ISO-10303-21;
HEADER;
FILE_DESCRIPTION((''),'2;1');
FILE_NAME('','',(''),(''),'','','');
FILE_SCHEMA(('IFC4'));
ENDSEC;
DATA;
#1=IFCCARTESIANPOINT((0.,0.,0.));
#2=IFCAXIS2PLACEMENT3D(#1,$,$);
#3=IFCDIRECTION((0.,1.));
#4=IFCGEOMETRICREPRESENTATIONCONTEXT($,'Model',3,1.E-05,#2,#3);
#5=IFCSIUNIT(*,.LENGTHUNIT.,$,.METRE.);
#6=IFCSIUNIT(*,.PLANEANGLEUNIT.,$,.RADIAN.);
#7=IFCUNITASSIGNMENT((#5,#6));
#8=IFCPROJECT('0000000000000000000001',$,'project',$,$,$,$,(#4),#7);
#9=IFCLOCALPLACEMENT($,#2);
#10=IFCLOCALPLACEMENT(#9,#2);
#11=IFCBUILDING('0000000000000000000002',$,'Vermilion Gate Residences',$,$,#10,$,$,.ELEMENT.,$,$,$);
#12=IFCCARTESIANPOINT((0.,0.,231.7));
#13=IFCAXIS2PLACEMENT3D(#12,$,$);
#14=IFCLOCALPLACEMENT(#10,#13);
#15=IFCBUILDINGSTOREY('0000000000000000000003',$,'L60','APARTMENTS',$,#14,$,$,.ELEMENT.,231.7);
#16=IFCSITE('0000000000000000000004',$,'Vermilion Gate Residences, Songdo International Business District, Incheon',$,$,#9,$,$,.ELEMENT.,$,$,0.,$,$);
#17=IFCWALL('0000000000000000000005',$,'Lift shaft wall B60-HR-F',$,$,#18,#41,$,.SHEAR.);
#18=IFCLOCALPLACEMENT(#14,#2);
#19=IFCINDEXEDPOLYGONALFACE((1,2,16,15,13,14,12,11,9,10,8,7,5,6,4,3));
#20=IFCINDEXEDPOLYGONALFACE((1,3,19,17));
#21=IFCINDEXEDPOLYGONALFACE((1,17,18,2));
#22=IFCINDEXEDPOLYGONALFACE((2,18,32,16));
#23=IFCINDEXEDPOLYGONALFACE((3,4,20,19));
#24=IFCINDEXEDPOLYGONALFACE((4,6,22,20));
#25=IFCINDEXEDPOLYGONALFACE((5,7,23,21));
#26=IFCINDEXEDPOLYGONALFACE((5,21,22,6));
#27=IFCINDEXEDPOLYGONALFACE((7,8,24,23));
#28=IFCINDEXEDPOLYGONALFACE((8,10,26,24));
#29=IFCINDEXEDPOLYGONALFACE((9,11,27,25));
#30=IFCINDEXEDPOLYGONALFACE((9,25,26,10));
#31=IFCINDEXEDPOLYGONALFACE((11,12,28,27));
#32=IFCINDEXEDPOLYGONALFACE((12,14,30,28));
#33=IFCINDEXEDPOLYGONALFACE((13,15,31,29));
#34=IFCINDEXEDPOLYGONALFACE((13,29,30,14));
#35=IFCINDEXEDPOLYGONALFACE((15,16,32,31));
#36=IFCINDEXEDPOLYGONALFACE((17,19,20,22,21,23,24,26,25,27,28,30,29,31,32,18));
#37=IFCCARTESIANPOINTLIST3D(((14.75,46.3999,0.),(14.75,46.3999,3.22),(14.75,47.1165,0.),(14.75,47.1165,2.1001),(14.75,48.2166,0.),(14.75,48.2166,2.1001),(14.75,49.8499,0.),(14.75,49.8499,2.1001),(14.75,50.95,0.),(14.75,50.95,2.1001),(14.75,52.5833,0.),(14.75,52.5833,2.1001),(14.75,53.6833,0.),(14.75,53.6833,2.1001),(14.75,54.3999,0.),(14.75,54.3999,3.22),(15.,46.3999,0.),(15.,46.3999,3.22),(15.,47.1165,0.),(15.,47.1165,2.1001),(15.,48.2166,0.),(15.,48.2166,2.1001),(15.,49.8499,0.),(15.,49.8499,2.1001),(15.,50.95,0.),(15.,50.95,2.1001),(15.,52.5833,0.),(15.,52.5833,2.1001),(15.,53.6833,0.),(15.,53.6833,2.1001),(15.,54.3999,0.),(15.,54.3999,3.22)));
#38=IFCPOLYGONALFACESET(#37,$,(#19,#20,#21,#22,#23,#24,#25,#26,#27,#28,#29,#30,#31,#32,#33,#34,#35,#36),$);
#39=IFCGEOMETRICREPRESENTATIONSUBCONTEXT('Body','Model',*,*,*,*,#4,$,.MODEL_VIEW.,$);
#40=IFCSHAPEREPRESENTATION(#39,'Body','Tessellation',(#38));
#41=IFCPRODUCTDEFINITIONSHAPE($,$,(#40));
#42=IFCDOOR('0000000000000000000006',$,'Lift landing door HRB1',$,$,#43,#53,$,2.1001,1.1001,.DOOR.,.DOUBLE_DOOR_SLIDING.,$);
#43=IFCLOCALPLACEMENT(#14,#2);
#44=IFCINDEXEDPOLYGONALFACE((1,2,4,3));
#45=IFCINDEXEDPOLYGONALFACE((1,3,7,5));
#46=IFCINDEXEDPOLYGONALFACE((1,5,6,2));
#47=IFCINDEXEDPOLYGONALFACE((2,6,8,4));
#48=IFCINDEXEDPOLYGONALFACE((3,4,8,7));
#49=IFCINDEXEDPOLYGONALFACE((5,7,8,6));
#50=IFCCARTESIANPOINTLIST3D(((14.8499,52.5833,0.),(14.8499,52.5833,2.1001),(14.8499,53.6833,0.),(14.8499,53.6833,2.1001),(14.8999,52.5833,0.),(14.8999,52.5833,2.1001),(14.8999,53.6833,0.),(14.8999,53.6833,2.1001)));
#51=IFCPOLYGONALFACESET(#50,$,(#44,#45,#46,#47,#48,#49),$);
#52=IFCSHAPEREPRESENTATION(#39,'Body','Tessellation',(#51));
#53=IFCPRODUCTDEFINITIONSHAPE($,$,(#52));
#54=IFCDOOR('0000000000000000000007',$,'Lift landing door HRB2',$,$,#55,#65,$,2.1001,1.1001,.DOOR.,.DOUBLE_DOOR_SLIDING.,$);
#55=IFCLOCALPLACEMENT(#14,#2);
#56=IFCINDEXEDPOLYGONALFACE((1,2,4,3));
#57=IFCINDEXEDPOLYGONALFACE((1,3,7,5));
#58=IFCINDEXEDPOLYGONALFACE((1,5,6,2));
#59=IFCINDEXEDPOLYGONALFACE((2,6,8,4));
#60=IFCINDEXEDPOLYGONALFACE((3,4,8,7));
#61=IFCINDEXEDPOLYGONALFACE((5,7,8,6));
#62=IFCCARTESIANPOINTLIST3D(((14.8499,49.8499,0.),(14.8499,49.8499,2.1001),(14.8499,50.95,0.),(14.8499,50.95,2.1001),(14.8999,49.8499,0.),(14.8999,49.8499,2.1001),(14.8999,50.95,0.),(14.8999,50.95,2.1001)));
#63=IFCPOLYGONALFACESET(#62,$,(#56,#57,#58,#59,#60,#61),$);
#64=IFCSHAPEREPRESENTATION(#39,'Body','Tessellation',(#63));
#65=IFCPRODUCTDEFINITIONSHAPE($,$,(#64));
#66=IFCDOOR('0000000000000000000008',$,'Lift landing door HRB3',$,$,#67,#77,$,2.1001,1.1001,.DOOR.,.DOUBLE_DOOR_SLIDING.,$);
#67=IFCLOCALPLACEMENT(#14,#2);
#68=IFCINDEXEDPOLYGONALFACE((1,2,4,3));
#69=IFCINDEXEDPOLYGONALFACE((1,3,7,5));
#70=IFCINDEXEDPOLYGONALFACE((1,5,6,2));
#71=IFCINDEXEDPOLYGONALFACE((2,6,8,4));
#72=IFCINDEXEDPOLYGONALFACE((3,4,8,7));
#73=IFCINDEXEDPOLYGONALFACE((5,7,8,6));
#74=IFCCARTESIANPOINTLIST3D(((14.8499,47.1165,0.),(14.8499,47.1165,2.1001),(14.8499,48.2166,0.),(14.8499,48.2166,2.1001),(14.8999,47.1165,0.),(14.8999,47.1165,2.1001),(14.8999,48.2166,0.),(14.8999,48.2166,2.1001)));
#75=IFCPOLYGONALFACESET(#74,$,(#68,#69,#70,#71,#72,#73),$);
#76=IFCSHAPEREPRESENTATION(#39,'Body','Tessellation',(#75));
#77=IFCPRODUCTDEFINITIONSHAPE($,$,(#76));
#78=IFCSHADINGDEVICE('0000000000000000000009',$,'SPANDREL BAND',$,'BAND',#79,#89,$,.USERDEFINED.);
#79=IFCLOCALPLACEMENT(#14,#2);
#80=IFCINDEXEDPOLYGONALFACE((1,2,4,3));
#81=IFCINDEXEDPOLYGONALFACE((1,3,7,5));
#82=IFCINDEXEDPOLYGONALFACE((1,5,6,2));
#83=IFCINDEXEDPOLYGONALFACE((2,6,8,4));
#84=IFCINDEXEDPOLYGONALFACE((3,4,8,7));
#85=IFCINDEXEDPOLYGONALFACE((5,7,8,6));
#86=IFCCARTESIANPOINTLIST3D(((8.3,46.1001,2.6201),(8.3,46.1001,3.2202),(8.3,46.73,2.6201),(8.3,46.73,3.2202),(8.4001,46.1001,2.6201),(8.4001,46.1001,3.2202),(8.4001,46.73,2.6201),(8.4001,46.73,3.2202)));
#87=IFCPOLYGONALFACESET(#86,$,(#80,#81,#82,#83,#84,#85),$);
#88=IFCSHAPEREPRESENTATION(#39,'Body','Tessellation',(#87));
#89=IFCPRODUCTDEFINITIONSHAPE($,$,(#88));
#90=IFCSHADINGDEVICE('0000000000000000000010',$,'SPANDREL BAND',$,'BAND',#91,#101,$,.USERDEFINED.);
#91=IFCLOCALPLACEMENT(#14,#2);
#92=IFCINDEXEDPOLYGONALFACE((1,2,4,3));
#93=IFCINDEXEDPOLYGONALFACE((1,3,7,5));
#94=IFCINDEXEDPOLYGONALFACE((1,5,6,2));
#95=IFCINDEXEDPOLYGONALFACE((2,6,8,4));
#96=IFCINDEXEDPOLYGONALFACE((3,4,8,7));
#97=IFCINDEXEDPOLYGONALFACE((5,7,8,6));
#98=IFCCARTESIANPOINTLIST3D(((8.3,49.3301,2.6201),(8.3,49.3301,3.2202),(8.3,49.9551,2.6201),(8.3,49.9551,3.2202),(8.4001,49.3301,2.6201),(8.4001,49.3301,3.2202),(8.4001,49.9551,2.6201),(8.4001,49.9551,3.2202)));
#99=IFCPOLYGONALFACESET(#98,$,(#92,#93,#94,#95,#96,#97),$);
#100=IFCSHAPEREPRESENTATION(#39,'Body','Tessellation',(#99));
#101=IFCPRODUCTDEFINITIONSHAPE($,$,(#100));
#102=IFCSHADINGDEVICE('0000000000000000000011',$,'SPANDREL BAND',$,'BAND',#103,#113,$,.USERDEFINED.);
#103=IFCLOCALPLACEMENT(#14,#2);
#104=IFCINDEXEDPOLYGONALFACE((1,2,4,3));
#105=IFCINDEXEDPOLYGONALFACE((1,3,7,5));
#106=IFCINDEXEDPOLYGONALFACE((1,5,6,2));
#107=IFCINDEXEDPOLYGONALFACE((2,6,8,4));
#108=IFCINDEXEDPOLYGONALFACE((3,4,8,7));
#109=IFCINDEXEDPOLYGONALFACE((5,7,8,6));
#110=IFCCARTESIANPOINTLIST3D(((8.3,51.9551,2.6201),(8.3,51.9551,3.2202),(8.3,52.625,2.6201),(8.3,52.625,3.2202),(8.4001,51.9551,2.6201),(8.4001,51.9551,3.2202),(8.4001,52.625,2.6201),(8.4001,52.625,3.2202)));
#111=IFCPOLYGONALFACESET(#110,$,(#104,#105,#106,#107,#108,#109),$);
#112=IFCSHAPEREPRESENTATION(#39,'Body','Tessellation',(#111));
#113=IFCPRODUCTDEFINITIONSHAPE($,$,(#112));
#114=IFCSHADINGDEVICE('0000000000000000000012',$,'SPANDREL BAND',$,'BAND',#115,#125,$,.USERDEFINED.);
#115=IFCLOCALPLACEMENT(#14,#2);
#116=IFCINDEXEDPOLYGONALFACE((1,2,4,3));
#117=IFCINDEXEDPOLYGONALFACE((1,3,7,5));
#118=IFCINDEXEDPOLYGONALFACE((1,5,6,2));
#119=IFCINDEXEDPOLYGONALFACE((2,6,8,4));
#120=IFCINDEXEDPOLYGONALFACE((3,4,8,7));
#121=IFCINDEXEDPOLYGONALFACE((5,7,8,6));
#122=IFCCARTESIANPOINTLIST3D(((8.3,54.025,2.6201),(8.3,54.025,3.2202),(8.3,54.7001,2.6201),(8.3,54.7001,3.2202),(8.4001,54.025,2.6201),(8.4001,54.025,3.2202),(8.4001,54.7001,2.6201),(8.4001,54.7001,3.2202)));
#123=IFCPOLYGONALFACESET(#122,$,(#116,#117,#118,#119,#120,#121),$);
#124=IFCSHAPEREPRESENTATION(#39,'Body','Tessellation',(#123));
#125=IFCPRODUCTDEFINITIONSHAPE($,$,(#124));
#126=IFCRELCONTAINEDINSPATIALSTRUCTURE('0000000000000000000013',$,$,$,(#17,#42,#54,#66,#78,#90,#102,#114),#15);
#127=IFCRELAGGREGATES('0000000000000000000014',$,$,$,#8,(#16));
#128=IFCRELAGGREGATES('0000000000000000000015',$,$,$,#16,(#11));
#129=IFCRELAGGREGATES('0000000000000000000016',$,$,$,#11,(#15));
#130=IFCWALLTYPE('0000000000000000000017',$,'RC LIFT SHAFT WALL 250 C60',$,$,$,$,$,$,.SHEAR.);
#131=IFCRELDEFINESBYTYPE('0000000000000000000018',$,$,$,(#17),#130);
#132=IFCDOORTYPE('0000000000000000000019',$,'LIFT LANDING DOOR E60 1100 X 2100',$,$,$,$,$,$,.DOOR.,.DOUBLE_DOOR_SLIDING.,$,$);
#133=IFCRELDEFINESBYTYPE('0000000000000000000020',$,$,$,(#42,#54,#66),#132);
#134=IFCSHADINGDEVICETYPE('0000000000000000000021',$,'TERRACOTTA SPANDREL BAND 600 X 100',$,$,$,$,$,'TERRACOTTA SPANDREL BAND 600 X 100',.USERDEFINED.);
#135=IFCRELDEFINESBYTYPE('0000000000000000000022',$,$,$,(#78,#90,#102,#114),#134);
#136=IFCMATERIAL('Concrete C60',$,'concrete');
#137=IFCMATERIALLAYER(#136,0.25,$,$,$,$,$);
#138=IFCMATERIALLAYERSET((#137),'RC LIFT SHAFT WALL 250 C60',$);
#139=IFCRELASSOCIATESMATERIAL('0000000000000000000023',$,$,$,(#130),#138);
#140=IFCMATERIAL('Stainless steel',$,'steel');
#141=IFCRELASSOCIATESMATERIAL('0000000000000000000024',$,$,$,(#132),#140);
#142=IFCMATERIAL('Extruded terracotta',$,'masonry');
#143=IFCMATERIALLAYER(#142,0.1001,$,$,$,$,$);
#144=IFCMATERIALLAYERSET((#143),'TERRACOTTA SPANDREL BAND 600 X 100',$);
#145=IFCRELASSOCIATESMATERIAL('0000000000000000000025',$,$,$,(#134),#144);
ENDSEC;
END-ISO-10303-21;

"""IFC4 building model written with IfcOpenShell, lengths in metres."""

from ifc_helpers import new_model, si_unit, direction, frame, frame_2d, origin, origin_2d, place, context, subcontext, project, spatial, rectangle, extrude, material, layer, layer_set, type_object, element, fill, save


model = new_model("IFC4")

# Units and contexts
model_context = context("Model", 3, precision=1e-05, world=origin(), true_north=direction((0.0, 1.0)))
body_context = subcontext(model_context, "Body", "Model", "MODEL_VIEW")
ifc_project = project(units=[si_unit("LENGTHUNIT", "METRE"), si_unit("PLANEANGLEUNIT", "RADIAN")], contexts=[model_context])

# Site, building, storey
site_placement = place(None, origin())
site = spatial("IfcSite", under=ifc_project, at=site_placement, Name="Vermilion Gate Residences, Songdo International Business District, Incheon", CompositionType="ELEMENT", RefElevation=0.0)
building_placement = place(site_placement, origin())
building = spatial("IfcBuilding", under=site, at=building_placement, Name="Vermilion Gate Residences", CompositionType="ELEMENT")
storey_placement = place(building_placement, frame((0.0, 0.0, 231.7)))
storey = spatial("IfcBuildingStorey", under=building, at=storey_placement, Name="L60", Description="APARTMENTS", CompositionType="ELEMENT", Elevation=231.7)

# Wall, openings, doors
ifc_material_1 = material(Name="Concrete C60", Category="concrete")
ifc_layer_1 = layer(ifc_material_1, 0.25)
ifc_layer_set_1 = layer_set([ifc_layer_1], Name="RC LIFT SHAFT WALL 250 C60")
wall_type_1 = type_object("IfcWallType", Name="RC LIFT SHAFT WALL 250 C60", PredefinedType="SHEAR", material=ifc_layer_set_1)
wall_1_placement = place(storey_placement, frame((14.875, 54.3999, 0.0), z_axis=(0.0, 0.0, 1.0), x_axis=(0.0, -1.0, 0.0)))
wall_1 = element("IfcWall", 1, at=wall_1_placement, inside=storey, type_object=wall_type_1, Name="Lift shaft wall B60-HR-F", PredefinedType="SHEAR", context=body_context, shape_type="SweptSolid", body=[
    extrude(rectangle(XDim=8.0, YDim=0.25, at=frame_2d((4.0, 0.0))), origin(), (0.0, 0.0, 1.0), 3.22),
])
opening_1_placement = place(wall_1_placement, frame((0.7166, 0.0, 0.0)))
opening_1 = element("IfcOpeningElement", 2, at=opening_1_placement, cuts=wall_1, PredefinedType="OPENING", context=body_context, shape_type="SweptSolid", body=[
    extrude(rectangle(XDim=1.1001, YDim=2.1001, at=frame_2d((0.55, 1.05))), frame((0.0, 0.135, 0.0), z_axis=(0.0, -1.0, 0.0), x_axis=(1.0, 0.0, 0.0)), (0.0, 0.0, 1.0), 0.27),
])
opening_2_placement = place(wall_1_placement, frame((3.45, 0.0, 0.0)))
opening_2 = element("IfcOpeningElement", 3, at=opening_2_placement, cuts=wall_1, PredefinedType="OPENING", context=body_context, shape_type="SweptSolid", body=[
    extrude(rectangle(XDim=1.1001, YDim=2.1001, at=frame_2d((0.55, 1.05))), frame((0.0, 0.135, 0.0), z_axis=(0.0, -1.0, 0.0), x_axis=(1.0, 0.0, 0.0)), (0.0, 0.0, 1.0), 0.27),
])
opening_3_placement = place(wall_1_placement, frame((6.1833, 0.0, 0.0)))
opening_3 = element("IfcOpeningElement", 4, at=opening_3_placement, cuts=wall_1, PredefinedType="OPENING", context=body_context, shape_type="SweptSolid", body=[
    extrude(rectangle(XDim=1.1001, YDim=2.1001, at=frame_2d((0.55, 1.05))), frame((0.0, 0.135, 0.0), z_axis=(0.0, -1.0, 0.0), x_axis=(1.0, 0.0, 0.0)), (0.0, 0.0, 1.0), 0.27),
])
ifc_material_2 = material(Name="Stainless steel", Category="steel")
door_type_1 = type_object("IfcDoorType", Name="LIFT LANDING DOOR E60 1100 X 2100", OperationType="DOUBLE_DOOR_SLIDING", PredefinedType="DOOR", material=ifc_material_2)
door_1_placement = place(opening_1_placement, origin())
door_1 = element("IfcDoor", 5, at=door_1_placement, inside=storey, type_object=door_type_1, Name="Lift landing door HRB1", OperationType="DOUBLE_DOOR_SLIDING", OverallHeight=2.1001, OverallWidth=1.1001, PredefinedType="DOOR", context=body_context, shape_type="SweptSolid", body=[
    extrude(rectangle(XDim=1.1001, YDim=2.1001, at=frame_2d((0.55, 1.05))), frame((0.0, 0.0249, 0.0), z_axis=(0.0, -1.0, 0.0), x_axis=(1.0, 0.0, 0.0)), (0.0, 0.0, 1.0), 0.05),
])
fill(opening_1, door_1)
door_2_placement = place(opening_2_placement, origin())
door_2 = element("IfcDoor", 6, at=door_2_placement, inside=storey, type_object=door_type_1, Name="Lift landing door HRB2", OperationType="DOUBLE_DOOR_SLIDING", OverallHeight=2.1001, OverallWidth=1.1001, PredefinedType="DOOR", context=body_context, shape_type="SweptSolid", body=[
    extrude(rectangle(XDim=1.1001, YDim=2.1001, at=frame_2d((0.55, 1.05))), frame((0.0, 0.0249, 0.0), z_axis=(0.0, -1.0, 0.0), x_axis=(1.0, 0.0, 0.0)), (0.0, 0.0, 1.0), 0.05),
])
fill(opening_2, door_2)
door_3_placement = place(opening_3_placement, origin())
door_3 = element("IfcDoor", 7, at=door_3_placement, inside=storey, type_object=door_type_1, Name="Lift landing door HRB3", OperationType="DOUBLE_DOOR_SLIDING", OverallHeight=2.1001, OverallWidth=1.1001, PredefinedType="DOOR", context=body_context, shape_type="SweptSolid", body=[
    extrude(rectangle(XDim=1.1001, YDim=2.1001, at=frame_2d((0.55, 1.05))), frame((0.0, 0.0249, 0.0), z_axis=(0.0, -1.0, 0.0), x_axis=(1.0, 0.0, 0.0)), (0.0, 0.0, 1.0), 0.05),
])
fill(opening_3, door_3)

# Shading devices
ifc_material_3 = material(Name="Extruded terracotta", Category="masonry")
ifc_layer_2 = layer(ifc_material_3, 0.1001)
ifc_layer_set_2 = layer_set([ifc_layer_2], Name="TERRACOTTA SPANDREL BAND 600 X 100")
shading_device_type = type_object("IfcShadingDeviceType", Name="TERRACOTTA SPANDREL BAND 600 X 100", ElementType="TERRACOTTA SPANDREL BAND 600 X 100", PredefinedType="USERDEFINED", material=ifc_layer_set_2)
shading_device_1_placement = place(storey_placement, frame((8.3501, 46.415, 2.6201), z_axis=(0.0, 0.0, 1.0), x_axis=(0.0, 1.0, 0.0)))
element("IfcShadingDevice", 8, at=shading_device_1_placement, inside=storey, type_object=shading_device_type, Name="SPANDREL BAND", ObjectType="BAND", PredefinedType="USERDEFINED", context=body_context, shape_type="SweptSolid", body=[
    extrude(rectangle(XDim=0.6299, YDim=0.1001, at=origin_2d()), origin(), (0.0, 0.0, 1.0), 0.6001),
])
shading_device_2_placement = place(storey_placement, frame((8.3501, 49.6426, 2.6201), z_axis=(0.0, 0.0, 1.0), x_axis=(0.0, 1.0, 0.0)))
element("IfcShadingDevice", 9, at=shading_device_2_placement, inside=storey, type_object=shading_device_type, Name="SPANDREL BAND", ObjectType="BAND", PredefinedType="USERDEFINED", context=body_context, shape_type="SweptSolid", body=[
    extrude(rectangle(XDim=0.625, YDim=0.1001, at=origin_2d()), origin(), (0.0, 0.0, 1.0), 0.6001),
])
shading_device_3_placement = place(storey_placement, frame((8.3501, 52.29, 2.6201), z_axis=(0.0, 0.0, 1.0), x_axis=(0.0, 1.0, 0.0)))
element("IfcShadingDevice", 10, at=shading_device_3_placement, inside=storey, type_object=shading_device_type, Name="SPANDREL BAND", ObjectType="BAND", PredefinedType="USERDEFINED", context=body_context, shape_type="SweptSolid", body=[
    extrude(rectangle(XDim=0.6699, YDim=0.1001, at=origin_2d()), origin(), (0.0, 0.0, 1.0), 0.6001),
])
shading_device_4_placement = place(storey_placement, frame((8.3501, 54.3625, 2.6201), z_axis=(0.0, 0.0, 1.0), x_axis=(0.0, 1.0, 0.0)))
element("IfcShadingDevice", 11, at=shading_device_4_placement, inside=storey, type_object=shading_device_type, Name="SPANDREL BAND", ObjectType="BAND", PredefinedType="USERDEFINED", context=body_context, shape_type="SweptSolid", body=[
    extrude(rectangle(XDim=0.675, YDim=0.1001, at=origin_2d()), origin(), (0.0, 0.0, 1.0), 0.6001),
])

save(model, "model.ifc")
